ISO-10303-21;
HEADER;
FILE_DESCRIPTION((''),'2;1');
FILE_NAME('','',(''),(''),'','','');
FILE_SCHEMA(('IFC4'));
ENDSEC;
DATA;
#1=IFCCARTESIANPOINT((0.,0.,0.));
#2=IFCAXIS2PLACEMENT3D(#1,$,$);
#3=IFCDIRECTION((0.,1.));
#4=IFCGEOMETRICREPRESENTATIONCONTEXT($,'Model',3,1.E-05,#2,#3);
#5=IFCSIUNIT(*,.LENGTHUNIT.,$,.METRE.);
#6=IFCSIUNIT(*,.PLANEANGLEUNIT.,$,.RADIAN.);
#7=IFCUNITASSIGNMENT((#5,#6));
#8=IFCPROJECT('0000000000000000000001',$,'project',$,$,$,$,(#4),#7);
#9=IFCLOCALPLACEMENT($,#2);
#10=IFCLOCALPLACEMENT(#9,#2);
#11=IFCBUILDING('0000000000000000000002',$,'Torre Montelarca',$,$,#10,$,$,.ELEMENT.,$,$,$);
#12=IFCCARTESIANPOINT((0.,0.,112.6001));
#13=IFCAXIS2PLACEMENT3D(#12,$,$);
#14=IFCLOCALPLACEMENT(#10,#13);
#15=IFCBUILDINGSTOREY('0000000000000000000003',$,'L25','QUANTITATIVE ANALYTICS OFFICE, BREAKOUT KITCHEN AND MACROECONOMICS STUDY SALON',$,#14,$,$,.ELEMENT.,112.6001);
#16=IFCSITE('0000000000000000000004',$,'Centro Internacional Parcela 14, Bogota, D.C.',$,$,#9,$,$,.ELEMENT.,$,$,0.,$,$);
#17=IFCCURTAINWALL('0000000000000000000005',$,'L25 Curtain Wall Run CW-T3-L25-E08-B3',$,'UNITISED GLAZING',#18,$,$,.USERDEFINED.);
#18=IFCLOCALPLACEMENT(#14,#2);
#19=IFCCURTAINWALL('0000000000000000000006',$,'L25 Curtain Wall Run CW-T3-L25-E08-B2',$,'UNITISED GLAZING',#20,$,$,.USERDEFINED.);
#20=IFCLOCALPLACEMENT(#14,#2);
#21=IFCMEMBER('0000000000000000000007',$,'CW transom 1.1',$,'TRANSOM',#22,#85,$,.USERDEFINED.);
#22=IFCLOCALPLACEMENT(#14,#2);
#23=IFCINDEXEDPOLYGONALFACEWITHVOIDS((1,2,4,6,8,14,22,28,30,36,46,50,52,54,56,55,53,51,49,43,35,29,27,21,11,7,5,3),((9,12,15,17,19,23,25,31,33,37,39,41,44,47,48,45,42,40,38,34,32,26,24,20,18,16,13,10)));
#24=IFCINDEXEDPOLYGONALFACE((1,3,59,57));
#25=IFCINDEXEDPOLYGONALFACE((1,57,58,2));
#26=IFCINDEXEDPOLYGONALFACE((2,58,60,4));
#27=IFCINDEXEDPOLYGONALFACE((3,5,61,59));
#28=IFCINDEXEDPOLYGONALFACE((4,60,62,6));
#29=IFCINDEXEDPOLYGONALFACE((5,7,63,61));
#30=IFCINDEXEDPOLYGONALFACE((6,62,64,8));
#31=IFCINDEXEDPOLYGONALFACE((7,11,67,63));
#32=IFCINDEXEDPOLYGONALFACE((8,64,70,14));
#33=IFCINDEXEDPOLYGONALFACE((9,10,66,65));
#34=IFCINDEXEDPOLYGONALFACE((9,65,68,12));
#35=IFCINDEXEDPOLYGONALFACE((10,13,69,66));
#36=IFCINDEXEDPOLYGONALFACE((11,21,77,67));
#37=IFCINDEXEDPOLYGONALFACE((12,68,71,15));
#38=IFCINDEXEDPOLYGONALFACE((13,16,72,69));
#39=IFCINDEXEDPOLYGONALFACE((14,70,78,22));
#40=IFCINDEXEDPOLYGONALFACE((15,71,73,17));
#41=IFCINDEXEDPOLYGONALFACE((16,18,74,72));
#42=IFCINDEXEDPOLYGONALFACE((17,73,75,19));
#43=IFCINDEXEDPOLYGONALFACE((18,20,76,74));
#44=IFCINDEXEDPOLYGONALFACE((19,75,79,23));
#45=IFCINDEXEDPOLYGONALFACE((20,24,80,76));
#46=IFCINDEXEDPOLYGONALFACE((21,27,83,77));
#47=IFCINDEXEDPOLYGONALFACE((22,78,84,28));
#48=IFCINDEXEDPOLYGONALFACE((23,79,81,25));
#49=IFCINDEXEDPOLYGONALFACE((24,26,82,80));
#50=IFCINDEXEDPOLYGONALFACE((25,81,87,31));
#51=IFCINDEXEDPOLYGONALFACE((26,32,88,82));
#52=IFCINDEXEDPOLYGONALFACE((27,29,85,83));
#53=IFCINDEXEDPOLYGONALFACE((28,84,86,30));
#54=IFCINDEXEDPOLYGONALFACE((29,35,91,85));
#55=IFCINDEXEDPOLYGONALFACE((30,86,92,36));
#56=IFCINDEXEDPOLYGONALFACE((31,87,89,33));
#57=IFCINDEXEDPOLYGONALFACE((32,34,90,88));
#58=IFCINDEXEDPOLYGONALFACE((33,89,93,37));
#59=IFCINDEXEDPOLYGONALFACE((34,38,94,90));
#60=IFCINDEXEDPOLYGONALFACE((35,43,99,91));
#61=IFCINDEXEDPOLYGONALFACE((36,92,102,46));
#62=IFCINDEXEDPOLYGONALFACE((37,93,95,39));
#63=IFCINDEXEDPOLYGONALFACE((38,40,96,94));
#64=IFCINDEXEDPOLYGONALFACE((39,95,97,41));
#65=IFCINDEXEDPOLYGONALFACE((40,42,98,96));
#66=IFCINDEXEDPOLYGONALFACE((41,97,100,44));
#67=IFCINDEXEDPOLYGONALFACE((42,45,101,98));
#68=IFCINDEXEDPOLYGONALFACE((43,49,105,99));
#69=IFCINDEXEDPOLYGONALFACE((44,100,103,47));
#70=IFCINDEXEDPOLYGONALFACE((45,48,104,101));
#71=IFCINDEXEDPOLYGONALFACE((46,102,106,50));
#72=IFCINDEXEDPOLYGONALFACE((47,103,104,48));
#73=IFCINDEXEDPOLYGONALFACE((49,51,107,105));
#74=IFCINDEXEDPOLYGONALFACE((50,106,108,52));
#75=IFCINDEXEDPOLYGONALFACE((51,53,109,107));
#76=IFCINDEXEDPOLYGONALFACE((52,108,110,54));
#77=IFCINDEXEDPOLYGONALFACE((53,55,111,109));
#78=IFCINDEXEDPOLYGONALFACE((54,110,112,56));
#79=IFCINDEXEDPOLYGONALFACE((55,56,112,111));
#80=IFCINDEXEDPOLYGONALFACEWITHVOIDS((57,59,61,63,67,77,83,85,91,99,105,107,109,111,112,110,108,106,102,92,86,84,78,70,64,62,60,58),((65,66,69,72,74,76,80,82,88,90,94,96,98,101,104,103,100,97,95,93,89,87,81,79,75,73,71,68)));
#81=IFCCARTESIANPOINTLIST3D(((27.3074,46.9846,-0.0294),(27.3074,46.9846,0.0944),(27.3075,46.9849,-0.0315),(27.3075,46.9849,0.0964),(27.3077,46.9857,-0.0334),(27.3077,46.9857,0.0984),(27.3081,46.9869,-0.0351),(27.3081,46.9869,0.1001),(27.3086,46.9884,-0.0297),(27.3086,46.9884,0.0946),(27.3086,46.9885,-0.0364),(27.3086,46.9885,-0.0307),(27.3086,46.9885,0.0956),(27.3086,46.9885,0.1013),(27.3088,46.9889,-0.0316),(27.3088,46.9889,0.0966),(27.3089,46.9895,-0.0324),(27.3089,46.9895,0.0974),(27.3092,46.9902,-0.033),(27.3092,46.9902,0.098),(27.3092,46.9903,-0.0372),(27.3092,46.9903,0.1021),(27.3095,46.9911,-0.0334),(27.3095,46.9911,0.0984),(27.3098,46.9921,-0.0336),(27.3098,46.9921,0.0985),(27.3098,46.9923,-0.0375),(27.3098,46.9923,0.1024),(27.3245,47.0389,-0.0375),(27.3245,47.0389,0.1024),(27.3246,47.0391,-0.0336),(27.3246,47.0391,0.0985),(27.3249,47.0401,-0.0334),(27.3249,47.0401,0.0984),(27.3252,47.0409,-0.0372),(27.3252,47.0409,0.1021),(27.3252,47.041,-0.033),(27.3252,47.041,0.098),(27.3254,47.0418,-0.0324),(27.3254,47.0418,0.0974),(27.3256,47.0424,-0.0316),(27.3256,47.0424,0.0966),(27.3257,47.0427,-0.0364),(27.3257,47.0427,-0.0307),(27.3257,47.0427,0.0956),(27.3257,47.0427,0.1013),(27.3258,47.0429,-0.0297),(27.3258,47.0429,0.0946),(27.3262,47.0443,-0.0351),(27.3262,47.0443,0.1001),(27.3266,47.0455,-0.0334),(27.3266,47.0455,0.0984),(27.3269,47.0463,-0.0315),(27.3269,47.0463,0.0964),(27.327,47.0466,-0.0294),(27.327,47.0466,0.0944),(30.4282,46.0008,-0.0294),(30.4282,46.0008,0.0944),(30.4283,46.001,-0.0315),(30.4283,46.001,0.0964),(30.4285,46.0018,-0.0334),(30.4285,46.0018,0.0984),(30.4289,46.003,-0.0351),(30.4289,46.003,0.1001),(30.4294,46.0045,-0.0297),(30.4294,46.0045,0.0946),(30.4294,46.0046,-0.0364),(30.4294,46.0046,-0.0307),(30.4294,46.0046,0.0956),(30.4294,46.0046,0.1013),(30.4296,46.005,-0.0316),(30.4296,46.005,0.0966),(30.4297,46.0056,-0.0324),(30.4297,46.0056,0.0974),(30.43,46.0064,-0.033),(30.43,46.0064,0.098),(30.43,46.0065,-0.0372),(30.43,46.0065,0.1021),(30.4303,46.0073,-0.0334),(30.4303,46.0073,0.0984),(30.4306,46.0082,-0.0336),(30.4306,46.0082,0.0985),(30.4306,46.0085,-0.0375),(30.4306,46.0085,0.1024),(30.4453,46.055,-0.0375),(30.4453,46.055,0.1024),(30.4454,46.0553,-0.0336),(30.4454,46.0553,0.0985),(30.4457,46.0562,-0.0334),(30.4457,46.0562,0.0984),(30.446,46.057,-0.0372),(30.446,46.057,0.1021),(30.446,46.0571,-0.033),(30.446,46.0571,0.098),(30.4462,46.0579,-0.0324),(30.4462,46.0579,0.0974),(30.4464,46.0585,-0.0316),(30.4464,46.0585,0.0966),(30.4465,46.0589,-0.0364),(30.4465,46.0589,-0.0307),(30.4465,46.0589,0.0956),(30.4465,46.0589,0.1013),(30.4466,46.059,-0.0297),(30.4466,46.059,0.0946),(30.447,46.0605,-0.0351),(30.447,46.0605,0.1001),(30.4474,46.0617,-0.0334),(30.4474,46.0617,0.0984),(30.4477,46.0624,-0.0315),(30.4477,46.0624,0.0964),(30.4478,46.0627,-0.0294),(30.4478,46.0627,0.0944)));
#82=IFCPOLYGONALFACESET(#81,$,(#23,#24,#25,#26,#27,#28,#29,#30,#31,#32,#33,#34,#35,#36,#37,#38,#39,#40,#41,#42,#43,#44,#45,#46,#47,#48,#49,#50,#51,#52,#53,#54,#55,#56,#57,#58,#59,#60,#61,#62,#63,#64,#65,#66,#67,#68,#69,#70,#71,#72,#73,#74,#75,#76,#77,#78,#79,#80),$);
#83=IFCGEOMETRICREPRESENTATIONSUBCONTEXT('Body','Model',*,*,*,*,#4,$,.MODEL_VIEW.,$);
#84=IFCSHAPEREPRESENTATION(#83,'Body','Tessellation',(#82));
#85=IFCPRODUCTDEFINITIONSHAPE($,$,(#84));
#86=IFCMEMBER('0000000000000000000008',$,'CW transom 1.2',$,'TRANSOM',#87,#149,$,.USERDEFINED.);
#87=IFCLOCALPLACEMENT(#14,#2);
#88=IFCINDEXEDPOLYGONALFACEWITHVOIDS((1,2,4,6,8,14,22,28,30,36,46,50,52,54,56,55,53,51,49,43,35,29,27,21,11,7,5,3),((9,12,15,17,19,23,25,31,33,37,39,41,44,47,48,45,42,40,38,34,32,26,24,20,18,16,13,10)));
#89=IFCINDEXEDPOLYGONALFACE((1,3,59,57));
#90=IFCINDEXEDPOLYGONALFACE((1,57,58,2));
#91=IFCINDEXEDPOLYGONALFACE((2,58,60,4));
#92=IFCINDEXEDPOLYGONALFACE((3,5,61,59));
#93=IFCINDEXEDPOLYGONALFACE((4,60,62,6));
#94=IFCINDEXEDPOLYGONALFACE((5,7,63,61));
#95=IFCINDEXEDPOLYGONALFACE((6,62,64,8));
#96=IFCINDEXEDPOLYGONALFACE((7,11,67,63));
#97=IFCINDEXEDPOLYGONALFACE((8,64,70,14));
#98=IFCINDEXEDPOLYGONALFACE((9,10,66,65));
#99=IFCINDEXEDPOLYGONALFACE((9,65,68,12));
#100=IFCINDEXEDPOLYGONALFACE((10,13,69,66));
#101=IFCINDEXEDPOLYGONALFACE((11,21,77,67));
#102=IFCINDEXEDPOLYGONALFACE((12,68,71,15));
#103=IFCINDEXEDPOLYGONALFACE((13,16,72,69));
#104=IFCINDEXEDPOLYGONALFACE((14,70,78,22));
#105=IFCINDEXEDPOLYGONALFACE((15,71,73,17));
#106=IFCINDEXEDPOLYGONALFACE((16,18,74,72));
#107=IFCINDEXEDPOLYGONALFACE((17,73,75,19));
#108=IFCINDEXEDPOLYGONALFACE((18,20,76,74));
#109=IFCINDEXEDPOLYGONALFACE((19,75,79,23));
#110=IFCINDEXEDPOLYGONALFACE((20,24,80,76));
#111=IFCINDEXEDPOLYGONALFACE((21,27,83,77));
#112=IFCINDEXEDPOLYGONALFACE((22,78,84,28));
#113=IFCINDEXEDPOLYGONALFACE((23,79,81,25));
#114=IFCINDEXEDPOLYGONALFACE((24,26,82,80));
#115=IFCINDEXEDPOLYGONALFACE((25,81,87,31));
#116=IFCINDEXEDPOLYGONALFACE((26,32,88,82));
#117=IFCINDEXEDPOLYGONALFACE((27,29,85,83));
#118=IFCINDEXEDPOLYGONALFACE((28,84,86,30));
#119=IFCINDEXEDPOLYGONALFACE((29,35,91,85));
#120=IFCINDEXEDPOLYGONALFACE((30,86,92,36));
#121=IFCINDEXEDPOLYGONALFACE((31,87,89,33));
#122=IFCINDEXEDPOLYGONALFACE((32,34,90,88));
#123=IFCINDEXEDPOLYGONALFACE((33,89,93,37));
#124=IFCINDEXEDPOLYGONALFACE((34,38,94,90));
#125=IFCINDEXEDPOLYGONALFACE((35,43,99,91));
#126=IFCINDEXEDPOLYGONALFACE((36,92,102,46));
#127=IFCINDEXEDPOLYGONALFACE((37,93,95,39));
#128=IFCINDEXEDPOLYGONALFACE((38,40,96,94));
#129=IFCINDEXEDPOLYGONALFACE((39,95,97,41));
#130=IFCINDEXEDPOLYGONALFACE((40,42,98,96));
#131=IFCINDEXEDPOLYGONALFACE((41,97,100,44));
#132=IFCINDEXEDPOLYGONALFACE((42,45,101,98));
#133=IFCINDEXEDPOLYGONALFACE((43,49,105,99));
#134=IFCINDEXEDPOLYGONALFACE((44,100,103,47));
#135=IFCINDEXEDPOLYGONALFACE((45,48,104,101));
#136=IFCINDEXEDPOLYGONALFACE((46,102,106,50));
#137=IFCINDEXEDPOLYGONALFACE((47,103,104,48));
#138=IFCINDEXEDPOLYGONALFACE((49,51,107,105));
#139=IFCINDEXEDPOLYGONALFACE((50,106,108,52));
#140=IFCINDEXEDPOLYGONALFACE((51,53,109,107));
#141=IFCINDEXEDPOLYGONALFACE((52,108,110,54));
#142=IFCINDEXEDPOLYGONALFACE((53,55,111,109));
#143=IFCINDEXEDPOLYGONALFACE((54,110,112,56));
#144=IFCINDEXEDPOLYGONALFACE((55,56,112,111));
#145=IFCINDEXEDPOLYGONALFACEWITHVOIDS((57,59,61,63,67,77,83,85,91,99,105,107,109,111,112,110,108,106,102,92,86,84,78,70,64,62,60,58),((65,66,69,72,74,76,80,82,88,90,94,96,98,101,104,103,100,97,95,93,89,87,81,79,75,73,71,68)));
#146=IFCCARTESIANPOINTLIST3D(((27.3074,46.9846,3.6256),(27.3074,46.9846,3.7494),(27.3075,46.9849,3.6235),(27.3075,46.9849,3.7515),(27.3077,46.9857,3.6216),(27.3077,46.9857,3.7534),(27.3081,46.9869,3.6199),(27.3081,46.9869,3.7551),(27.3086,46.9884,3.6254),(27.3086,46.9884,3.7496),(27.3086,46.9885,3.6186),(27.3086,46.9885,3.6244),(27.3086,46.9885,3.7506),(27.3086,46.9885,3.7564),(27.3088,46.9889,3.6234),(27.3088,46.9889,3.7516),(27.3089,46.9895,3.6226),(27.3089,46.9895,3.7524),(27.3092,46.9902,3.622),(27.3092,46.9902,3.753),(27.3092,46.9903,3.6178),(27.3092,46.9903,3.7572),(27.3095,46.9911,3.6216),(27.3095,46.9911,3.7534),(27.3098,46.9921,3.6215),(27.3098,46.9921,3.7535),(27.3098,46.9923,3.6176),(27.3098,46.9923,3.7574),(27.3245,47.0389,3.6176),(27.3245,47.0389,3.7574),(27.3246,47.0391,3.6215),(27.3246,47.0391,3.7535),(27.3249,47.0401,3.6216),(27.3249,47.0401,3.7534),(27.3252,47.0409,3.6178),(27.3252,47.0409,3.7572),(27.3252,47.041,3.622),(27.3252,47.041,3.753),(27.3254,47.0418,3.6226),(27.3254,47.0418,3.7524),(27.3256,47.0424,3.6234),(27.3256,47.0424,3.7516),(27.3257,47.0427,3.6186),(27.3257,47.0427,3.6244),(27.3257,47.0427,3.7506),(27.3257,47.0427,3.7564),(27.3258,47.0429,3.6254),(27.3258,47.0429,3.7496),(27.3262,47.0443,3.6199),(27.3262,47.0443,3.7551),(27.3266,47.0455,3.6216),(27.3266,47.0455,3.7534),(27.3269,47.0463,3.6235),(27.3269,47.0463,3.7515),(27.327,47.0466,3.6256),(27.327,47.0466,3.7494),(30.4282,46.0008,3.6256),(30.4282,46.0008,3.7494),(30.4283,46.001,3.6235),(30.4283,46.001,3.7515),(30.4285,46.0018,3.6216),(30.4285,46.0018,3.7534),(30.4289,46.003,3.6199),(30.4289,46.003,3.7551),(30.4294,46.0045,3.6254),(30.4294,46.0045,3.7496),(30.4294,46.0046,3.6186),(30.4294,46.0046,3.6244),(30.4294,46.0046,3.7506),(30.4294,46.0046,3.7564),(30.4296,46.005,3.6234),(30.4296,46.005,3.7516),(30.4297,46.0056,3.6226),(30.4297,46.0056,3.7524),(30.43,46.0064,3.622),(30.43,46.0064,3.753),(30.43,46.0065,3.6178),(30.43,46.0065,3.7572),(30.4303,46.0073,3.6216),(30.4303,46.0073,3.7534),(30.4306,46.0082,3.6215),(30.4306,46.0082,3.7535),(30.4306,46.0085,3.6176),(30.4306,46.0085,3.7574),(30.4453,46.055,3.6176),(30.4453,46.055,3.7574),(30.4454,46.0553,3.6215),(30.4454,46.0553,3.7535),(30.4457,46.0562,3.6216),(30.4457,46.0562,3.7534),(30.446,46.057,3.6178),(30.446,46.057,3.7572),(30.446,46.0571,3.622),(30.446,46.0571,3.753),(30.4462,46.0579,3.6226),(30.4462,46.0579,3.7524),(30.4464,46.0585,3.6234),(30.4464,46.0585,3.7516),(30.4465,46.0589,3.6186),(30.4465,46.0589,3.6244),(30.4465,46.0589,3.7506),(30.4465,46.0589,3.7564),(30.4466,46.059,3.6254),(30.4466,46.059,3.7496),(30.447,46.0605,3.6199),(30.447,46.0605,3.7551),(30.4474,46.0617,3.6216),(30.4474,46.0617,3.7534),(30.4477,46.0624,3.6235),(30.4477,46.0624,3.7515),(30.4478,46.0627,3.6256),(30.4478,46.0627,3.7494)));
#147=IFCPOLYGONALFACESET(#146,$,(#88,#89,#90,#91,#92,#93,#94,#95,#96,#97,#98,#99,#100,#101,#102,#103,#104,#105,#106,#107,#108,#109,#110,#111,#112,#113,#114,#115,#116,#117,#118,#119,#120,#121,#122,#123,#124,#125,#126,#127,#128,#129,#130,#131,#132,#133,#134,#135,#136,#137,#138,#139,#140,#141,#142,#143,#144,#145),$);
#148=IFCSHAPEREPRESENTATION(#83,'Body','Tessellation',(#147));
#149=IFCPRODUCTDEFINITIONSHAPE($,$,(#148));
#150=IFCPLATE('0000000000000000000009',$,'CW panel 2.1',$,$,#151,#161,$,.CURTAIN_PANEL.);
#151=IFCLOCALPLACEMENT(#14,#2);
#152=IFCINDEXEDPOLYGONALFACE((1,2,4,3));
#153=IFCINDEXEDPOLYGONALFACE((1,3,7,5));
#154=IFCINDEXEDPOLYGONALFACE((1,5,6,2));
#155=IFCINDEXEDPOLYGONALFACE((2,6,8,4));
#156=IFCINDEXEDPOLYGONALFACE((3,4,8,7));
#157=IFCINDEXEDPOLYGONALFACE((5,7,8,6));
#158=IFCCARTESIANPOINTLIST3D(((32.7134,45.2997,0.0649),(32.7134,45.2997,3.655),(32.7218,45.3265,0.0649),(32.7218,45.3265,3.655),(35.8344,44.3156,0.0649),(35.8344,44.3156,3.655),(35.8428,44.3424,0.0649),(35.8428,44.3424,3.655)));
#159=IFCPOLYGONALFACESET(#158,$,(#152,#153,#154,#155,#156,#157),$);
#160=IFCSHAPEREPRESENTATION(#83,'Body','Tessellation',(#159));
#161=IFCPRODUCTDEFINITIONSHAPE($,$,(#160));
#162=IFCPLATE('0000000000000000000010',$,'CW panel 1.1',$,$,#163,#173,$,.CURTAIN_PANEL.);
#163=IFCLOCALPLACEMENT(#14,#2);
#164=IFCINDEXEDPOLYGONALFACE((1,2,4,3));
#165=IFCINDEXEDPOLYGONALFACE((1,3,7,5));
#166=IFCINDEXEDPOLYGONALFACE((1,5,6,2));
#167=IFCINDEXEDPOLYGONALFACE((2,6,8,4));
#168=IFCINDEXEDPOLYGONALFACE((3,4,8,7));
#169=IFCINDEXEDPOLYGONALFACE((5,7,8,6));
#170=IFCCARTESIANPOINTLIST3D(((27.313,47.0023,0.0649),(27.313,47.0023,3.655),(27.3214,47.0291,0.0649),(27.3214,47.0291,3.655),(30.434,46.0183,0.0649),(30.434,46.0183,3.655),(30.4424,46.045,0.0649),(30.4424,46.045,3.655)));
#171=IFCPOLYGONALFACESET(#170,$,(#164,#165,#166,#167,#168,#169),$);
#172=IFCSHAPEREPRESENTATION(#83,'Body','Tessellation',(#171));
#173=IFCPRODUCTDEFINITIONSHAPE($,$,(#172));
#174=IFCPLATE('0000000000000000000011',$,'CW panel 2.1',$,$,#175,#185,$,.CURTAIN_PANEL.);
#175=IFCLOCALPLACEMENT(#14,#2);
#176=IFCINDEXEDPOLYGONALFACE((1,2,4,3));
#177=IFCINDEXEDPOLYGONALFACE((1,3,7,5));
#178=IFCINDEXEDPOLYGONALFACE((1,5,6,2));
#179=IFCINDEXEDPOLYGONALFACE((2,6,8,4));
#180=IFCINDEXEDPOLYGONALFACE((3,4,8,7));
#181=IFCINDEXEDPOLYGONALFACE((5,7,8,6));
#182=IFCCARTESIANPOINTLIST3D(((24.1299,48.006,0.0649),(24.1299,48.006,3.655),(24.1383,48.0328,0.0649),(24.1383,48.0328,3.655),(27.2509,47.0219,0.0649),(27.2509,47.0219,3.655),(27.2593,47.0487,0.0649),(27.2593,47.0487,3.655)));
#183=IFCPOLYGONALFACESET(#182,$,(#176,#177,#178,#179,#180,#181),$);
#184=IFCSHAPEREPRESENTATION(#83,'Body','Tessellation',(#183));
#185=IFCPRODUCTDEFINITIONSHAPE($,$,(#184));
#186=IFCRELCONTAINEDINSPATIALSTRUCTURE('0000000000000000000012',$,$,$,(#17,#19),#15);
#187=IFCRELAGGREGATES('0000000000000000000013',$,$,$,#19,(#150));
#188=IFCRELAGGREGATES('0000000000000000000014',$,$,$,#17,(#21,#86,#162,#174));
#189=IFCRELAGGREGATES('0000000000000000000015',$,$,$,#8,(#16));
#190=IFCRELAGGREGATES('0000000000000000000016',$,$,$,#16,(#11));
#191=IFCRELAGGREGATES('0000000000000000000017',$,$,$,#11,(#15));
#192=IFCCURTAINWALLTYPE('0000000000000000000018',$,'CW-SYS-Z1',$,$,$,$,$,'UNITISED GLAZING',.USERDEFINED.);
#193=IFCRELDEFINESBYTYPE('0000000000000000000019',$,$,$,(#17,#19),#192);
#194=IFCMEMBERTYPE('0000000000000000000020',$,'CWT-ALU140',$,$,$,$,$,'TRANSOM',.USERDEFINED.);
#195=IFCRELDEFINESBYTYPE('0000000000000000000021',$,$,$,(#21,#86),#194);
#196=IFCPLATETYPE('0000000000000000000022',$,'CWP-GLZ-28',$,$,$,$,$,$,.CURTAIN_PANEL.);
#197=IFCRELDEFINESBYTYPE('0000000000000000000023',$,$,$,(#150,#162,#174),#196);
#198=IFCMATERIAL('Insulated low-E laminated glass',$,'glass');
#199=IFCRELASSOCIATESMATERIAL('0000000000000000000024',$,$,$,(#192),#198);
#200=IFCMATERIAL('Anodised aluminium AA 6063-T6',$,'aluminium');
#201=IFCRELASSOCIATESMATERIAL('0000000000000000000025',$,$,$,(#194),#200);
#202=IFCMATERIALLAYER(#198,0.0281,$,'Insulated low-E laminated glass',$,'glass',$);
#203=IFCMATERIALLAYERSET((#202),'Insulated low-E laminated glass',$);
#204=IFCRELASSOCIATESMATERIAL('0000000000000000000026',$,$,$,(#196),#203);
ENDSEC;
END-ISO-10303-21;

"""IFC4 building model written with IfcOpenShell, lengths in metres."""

from ifc_helpers import new_model, si_unit, direction, frame, origin, origin_2d, place, context, subcontext, project, spatial, rectangle, hollow_rectangle, extrude, source, transform, mapped, material, layer, layer_set, material_profile, profile_set, type_object, element, aggregate, save


model = new_model("IFC4")

# Units and contexts
model_context = context("Model", 3, precision=1e-05, world=origin(), true_north=direction((0.0, 1.0)))
body_context = subcontext(model_context, "Body", "Model", "MODEL_VIEW")
ifc_project = project(units=[si_unit("LENGTHUNIT", "METRE"), si_unit("PLANEANGLEUNIT", "RADIAN")], contexts=[model_context])

# Site, building, storey
site_placement = place(None, origin())
site = spatial("IfcSite", under=ifc_project, at=site_placement, Name="Centro Internacional Parcela 14, Bogota, D.C.", CompositionType="ELEMENT", RefElevation=0.0)
building_placement = place(site_placement, origin())
building = spatial("IfcBuilding", under=site, at=building_placement, Name="Torre Montelarca", CompositionType="ELEMENT")
storey_placement = place(building_placement, frame((0.0, 0.0, 112.6001)))
storey = spatial("IfcBuildingStorey", under=building, at=storey_placement, Name="L25", Description="QUANTITATIVE ANALYTICS OFFICE, BREAKOUT KITCHEN AND MACROECONOMICS STUDY SALON", CompositionType="ELEMENT", Elevation=112.6001)

# Curtain wall
ifc_material_1 = material(Name="Insulated low-E laminated glass", Category="glass")
curtain_wall_type = type_object("IfcCurtainWallType", Name="CW-SYS-Z1", ElementType="UNITISED GLAZING", PredefinedType="USERDEFINED", material=ifc_material_1)
curtain_wall_1_placement = place(storey_placement, origin())
curtain_wall_1 = element("IfcCurtainWall", 1, at=curtain_wall_1_placement, inside=storey, type_object=curtain_wall_type, Name="L25 Curtain Wall Run CW-T3-L25-E08-B3", ObjectType="UNITISED GLAZING", PredefinedType="USERDEFINED")
ifc_material_2 = material(Name="Anodised aluminium AA 6063-T6", Category="aluminium")
ifc_material_profile_1 = material_profile(ifc_material_2, hollow_rectangle(XDim=0.0649, YDim=0.1399, WallThickness=0.0039, InnerFilletRadius=0.0039, OuterFilletRadius=0.0081, at=origin_2d()), Name="ALU65X140X4", Category="aluminium")
ifc_profile_set_1 = profile_set([ifc_material_profile_1], Name="Anodised aluminium AA 6063-T6")
member_type_1 = type_object("IfcMemberType", Name="CWT-ALU140", ElementType="TRANSOM", PredefinedType="USERDEFINED", material=ifc_profile_set_1)

# Curtain wall
curtain_wall_2_placement = place(storey_placement, origin())
curtain_wall_2 = element("IfcCurtainWall", 2, at=curtain_wall_2_placement, inside=storey, type_object=curtain_wall_type, Name="L25 Curtain Wall Run CW-T3-L25-E08-B2", ObjectType="UNITISED GLAZING", PredefinedType="USERDEFINED")

# Members
shared_shape_1 = source(origin(), body_context, "Body", "SweptSolid", [
    extrude(hollow_rectangle(XDim=0.0649, YDim=0.1399, WallThickness=0.0039, InnerFilletRadius=0.0039, OuterFilletRadius=0.0081, at=origin_2d()), origin(), (0.0, 0.0, 1.0), 3.2722),
])
member_1_placement = place(storey_placement, frame((30.438, 46.0317, 0.0325), z_axis=(-0.953727, 0.300674, 0.0), x_axis=(-0.300674, -0.953727, 0.0)))
member_1 = element("IfcMember", 3, at=member_1_placement, type_object=member_type_1, Name="CW transom 1.1", ObjectType="TRANSOM", PredefinedType="USERDEFINED", context=body_context, shape_type="MappedRepresentation", body=[
    mapped(shared_shape_1, transform((0.0, 0.0, 0.0), scale=1.0)),
])
member_2_placement = place(storey_placement, frame((30.438, 46.0317, 3.6875), z_axis=(-0.953727, 0.300674, 0.0), x_axis=(-0.300674, -0.953727, 0.0)))
member_2 = element("IfcMember", 4, at=member_2_placement, type_object=member_type_1, Name="CW transom 1.2", ObjectType="TRANSOM", PredefinedType="USERDEFINED", context=body_context, shape_type="MappedRepresentation", body=[
    mapped(shared_shape_1, transform((0.0, 0.0, 0.0), scale=1.0)),
])

# Plates
ifc_layer_1 = layer(ifc_material_1, 0.0281, Name="Insulated low-E laminated glass", Category="glass")
ifc_layer_set_1 = layer_set([ifc_layer_1], Name="Insulated low-E laminated glass")
plate_type = type_object("IfcPlateType", Name="CWP-GLZ-28", PredefinedType="CURTAIN_PANEL", material=ifc_layer_set_1)
shared_shape_2 = source(origin(), body_context, "Body", "SweptSolid", [
    extrude(rectangle(XDim=3.2725, YDim=0.0281, at=origin_2d()), origin(), (0.0, 0.0, 1.0), 3.5901),
])
plate_1_placement = place(storey_placement, frame((34.2781, 44.821, 0.0649), z_axis=(0.0, 0.0, 1.0), x_axis=(-0.953714, 0.300714, 0.0)))
plate_1 = element("IfcPlate", 5, at=plate_1_placement, type_object=plate_type, Name="CW panel 2.1", PredefinedType="CURTAIN_PANEL", context=body_context, shape_type="MappedRepresentation", body=[
    mapped(shared_shape_2, transform((0.0, 0.0, 0.0), scale=1.0)),
])
aggregate(curtain_wall_2, [plate_1])
plate_2_placement = place(storey_placement, frame((28.8777, 46.5237, 0.0649), z_axis=(0.0, 0.0, 1.0), x_axis=(-0.953716, 0.30071, 0.0)))
plate_2 = element("IfcPlate", 6, at=plate_2_placement, type_object=plate_type, Name="CW panel 1.1", PredefinedType="CURTAIN_PANEL", context=body_context, shape_type="MappedRepresentation", body=[
    mapped(shared_shape_2, transform((0.0, 0.0, 0.0), scale=1.0)),
])
plate_3_placement = place(storey_placement, frame((25.6946, 47.5273, 0.0649), z_axis=(0.0, 0.0, 1.0), x_axis=(-0.953716, 0.30071, 0.0)))
plate_3 = element("IfcPlate", 7, at=plate_3_placement, type_object=plate_type, Name="CW panel 2.1", PredefinedType="CURTAIN_PANEL", context=body_context, shape_type="MappedRepresentation", body=[
    mapped(shared_shape_2, transform((0.0, 0.0, 0.0), scale=1.0)),
])
aggregate(curtain_wall_1, [member_1, member_2, plate_2, plate_3])

save(model, "model.ifc")
